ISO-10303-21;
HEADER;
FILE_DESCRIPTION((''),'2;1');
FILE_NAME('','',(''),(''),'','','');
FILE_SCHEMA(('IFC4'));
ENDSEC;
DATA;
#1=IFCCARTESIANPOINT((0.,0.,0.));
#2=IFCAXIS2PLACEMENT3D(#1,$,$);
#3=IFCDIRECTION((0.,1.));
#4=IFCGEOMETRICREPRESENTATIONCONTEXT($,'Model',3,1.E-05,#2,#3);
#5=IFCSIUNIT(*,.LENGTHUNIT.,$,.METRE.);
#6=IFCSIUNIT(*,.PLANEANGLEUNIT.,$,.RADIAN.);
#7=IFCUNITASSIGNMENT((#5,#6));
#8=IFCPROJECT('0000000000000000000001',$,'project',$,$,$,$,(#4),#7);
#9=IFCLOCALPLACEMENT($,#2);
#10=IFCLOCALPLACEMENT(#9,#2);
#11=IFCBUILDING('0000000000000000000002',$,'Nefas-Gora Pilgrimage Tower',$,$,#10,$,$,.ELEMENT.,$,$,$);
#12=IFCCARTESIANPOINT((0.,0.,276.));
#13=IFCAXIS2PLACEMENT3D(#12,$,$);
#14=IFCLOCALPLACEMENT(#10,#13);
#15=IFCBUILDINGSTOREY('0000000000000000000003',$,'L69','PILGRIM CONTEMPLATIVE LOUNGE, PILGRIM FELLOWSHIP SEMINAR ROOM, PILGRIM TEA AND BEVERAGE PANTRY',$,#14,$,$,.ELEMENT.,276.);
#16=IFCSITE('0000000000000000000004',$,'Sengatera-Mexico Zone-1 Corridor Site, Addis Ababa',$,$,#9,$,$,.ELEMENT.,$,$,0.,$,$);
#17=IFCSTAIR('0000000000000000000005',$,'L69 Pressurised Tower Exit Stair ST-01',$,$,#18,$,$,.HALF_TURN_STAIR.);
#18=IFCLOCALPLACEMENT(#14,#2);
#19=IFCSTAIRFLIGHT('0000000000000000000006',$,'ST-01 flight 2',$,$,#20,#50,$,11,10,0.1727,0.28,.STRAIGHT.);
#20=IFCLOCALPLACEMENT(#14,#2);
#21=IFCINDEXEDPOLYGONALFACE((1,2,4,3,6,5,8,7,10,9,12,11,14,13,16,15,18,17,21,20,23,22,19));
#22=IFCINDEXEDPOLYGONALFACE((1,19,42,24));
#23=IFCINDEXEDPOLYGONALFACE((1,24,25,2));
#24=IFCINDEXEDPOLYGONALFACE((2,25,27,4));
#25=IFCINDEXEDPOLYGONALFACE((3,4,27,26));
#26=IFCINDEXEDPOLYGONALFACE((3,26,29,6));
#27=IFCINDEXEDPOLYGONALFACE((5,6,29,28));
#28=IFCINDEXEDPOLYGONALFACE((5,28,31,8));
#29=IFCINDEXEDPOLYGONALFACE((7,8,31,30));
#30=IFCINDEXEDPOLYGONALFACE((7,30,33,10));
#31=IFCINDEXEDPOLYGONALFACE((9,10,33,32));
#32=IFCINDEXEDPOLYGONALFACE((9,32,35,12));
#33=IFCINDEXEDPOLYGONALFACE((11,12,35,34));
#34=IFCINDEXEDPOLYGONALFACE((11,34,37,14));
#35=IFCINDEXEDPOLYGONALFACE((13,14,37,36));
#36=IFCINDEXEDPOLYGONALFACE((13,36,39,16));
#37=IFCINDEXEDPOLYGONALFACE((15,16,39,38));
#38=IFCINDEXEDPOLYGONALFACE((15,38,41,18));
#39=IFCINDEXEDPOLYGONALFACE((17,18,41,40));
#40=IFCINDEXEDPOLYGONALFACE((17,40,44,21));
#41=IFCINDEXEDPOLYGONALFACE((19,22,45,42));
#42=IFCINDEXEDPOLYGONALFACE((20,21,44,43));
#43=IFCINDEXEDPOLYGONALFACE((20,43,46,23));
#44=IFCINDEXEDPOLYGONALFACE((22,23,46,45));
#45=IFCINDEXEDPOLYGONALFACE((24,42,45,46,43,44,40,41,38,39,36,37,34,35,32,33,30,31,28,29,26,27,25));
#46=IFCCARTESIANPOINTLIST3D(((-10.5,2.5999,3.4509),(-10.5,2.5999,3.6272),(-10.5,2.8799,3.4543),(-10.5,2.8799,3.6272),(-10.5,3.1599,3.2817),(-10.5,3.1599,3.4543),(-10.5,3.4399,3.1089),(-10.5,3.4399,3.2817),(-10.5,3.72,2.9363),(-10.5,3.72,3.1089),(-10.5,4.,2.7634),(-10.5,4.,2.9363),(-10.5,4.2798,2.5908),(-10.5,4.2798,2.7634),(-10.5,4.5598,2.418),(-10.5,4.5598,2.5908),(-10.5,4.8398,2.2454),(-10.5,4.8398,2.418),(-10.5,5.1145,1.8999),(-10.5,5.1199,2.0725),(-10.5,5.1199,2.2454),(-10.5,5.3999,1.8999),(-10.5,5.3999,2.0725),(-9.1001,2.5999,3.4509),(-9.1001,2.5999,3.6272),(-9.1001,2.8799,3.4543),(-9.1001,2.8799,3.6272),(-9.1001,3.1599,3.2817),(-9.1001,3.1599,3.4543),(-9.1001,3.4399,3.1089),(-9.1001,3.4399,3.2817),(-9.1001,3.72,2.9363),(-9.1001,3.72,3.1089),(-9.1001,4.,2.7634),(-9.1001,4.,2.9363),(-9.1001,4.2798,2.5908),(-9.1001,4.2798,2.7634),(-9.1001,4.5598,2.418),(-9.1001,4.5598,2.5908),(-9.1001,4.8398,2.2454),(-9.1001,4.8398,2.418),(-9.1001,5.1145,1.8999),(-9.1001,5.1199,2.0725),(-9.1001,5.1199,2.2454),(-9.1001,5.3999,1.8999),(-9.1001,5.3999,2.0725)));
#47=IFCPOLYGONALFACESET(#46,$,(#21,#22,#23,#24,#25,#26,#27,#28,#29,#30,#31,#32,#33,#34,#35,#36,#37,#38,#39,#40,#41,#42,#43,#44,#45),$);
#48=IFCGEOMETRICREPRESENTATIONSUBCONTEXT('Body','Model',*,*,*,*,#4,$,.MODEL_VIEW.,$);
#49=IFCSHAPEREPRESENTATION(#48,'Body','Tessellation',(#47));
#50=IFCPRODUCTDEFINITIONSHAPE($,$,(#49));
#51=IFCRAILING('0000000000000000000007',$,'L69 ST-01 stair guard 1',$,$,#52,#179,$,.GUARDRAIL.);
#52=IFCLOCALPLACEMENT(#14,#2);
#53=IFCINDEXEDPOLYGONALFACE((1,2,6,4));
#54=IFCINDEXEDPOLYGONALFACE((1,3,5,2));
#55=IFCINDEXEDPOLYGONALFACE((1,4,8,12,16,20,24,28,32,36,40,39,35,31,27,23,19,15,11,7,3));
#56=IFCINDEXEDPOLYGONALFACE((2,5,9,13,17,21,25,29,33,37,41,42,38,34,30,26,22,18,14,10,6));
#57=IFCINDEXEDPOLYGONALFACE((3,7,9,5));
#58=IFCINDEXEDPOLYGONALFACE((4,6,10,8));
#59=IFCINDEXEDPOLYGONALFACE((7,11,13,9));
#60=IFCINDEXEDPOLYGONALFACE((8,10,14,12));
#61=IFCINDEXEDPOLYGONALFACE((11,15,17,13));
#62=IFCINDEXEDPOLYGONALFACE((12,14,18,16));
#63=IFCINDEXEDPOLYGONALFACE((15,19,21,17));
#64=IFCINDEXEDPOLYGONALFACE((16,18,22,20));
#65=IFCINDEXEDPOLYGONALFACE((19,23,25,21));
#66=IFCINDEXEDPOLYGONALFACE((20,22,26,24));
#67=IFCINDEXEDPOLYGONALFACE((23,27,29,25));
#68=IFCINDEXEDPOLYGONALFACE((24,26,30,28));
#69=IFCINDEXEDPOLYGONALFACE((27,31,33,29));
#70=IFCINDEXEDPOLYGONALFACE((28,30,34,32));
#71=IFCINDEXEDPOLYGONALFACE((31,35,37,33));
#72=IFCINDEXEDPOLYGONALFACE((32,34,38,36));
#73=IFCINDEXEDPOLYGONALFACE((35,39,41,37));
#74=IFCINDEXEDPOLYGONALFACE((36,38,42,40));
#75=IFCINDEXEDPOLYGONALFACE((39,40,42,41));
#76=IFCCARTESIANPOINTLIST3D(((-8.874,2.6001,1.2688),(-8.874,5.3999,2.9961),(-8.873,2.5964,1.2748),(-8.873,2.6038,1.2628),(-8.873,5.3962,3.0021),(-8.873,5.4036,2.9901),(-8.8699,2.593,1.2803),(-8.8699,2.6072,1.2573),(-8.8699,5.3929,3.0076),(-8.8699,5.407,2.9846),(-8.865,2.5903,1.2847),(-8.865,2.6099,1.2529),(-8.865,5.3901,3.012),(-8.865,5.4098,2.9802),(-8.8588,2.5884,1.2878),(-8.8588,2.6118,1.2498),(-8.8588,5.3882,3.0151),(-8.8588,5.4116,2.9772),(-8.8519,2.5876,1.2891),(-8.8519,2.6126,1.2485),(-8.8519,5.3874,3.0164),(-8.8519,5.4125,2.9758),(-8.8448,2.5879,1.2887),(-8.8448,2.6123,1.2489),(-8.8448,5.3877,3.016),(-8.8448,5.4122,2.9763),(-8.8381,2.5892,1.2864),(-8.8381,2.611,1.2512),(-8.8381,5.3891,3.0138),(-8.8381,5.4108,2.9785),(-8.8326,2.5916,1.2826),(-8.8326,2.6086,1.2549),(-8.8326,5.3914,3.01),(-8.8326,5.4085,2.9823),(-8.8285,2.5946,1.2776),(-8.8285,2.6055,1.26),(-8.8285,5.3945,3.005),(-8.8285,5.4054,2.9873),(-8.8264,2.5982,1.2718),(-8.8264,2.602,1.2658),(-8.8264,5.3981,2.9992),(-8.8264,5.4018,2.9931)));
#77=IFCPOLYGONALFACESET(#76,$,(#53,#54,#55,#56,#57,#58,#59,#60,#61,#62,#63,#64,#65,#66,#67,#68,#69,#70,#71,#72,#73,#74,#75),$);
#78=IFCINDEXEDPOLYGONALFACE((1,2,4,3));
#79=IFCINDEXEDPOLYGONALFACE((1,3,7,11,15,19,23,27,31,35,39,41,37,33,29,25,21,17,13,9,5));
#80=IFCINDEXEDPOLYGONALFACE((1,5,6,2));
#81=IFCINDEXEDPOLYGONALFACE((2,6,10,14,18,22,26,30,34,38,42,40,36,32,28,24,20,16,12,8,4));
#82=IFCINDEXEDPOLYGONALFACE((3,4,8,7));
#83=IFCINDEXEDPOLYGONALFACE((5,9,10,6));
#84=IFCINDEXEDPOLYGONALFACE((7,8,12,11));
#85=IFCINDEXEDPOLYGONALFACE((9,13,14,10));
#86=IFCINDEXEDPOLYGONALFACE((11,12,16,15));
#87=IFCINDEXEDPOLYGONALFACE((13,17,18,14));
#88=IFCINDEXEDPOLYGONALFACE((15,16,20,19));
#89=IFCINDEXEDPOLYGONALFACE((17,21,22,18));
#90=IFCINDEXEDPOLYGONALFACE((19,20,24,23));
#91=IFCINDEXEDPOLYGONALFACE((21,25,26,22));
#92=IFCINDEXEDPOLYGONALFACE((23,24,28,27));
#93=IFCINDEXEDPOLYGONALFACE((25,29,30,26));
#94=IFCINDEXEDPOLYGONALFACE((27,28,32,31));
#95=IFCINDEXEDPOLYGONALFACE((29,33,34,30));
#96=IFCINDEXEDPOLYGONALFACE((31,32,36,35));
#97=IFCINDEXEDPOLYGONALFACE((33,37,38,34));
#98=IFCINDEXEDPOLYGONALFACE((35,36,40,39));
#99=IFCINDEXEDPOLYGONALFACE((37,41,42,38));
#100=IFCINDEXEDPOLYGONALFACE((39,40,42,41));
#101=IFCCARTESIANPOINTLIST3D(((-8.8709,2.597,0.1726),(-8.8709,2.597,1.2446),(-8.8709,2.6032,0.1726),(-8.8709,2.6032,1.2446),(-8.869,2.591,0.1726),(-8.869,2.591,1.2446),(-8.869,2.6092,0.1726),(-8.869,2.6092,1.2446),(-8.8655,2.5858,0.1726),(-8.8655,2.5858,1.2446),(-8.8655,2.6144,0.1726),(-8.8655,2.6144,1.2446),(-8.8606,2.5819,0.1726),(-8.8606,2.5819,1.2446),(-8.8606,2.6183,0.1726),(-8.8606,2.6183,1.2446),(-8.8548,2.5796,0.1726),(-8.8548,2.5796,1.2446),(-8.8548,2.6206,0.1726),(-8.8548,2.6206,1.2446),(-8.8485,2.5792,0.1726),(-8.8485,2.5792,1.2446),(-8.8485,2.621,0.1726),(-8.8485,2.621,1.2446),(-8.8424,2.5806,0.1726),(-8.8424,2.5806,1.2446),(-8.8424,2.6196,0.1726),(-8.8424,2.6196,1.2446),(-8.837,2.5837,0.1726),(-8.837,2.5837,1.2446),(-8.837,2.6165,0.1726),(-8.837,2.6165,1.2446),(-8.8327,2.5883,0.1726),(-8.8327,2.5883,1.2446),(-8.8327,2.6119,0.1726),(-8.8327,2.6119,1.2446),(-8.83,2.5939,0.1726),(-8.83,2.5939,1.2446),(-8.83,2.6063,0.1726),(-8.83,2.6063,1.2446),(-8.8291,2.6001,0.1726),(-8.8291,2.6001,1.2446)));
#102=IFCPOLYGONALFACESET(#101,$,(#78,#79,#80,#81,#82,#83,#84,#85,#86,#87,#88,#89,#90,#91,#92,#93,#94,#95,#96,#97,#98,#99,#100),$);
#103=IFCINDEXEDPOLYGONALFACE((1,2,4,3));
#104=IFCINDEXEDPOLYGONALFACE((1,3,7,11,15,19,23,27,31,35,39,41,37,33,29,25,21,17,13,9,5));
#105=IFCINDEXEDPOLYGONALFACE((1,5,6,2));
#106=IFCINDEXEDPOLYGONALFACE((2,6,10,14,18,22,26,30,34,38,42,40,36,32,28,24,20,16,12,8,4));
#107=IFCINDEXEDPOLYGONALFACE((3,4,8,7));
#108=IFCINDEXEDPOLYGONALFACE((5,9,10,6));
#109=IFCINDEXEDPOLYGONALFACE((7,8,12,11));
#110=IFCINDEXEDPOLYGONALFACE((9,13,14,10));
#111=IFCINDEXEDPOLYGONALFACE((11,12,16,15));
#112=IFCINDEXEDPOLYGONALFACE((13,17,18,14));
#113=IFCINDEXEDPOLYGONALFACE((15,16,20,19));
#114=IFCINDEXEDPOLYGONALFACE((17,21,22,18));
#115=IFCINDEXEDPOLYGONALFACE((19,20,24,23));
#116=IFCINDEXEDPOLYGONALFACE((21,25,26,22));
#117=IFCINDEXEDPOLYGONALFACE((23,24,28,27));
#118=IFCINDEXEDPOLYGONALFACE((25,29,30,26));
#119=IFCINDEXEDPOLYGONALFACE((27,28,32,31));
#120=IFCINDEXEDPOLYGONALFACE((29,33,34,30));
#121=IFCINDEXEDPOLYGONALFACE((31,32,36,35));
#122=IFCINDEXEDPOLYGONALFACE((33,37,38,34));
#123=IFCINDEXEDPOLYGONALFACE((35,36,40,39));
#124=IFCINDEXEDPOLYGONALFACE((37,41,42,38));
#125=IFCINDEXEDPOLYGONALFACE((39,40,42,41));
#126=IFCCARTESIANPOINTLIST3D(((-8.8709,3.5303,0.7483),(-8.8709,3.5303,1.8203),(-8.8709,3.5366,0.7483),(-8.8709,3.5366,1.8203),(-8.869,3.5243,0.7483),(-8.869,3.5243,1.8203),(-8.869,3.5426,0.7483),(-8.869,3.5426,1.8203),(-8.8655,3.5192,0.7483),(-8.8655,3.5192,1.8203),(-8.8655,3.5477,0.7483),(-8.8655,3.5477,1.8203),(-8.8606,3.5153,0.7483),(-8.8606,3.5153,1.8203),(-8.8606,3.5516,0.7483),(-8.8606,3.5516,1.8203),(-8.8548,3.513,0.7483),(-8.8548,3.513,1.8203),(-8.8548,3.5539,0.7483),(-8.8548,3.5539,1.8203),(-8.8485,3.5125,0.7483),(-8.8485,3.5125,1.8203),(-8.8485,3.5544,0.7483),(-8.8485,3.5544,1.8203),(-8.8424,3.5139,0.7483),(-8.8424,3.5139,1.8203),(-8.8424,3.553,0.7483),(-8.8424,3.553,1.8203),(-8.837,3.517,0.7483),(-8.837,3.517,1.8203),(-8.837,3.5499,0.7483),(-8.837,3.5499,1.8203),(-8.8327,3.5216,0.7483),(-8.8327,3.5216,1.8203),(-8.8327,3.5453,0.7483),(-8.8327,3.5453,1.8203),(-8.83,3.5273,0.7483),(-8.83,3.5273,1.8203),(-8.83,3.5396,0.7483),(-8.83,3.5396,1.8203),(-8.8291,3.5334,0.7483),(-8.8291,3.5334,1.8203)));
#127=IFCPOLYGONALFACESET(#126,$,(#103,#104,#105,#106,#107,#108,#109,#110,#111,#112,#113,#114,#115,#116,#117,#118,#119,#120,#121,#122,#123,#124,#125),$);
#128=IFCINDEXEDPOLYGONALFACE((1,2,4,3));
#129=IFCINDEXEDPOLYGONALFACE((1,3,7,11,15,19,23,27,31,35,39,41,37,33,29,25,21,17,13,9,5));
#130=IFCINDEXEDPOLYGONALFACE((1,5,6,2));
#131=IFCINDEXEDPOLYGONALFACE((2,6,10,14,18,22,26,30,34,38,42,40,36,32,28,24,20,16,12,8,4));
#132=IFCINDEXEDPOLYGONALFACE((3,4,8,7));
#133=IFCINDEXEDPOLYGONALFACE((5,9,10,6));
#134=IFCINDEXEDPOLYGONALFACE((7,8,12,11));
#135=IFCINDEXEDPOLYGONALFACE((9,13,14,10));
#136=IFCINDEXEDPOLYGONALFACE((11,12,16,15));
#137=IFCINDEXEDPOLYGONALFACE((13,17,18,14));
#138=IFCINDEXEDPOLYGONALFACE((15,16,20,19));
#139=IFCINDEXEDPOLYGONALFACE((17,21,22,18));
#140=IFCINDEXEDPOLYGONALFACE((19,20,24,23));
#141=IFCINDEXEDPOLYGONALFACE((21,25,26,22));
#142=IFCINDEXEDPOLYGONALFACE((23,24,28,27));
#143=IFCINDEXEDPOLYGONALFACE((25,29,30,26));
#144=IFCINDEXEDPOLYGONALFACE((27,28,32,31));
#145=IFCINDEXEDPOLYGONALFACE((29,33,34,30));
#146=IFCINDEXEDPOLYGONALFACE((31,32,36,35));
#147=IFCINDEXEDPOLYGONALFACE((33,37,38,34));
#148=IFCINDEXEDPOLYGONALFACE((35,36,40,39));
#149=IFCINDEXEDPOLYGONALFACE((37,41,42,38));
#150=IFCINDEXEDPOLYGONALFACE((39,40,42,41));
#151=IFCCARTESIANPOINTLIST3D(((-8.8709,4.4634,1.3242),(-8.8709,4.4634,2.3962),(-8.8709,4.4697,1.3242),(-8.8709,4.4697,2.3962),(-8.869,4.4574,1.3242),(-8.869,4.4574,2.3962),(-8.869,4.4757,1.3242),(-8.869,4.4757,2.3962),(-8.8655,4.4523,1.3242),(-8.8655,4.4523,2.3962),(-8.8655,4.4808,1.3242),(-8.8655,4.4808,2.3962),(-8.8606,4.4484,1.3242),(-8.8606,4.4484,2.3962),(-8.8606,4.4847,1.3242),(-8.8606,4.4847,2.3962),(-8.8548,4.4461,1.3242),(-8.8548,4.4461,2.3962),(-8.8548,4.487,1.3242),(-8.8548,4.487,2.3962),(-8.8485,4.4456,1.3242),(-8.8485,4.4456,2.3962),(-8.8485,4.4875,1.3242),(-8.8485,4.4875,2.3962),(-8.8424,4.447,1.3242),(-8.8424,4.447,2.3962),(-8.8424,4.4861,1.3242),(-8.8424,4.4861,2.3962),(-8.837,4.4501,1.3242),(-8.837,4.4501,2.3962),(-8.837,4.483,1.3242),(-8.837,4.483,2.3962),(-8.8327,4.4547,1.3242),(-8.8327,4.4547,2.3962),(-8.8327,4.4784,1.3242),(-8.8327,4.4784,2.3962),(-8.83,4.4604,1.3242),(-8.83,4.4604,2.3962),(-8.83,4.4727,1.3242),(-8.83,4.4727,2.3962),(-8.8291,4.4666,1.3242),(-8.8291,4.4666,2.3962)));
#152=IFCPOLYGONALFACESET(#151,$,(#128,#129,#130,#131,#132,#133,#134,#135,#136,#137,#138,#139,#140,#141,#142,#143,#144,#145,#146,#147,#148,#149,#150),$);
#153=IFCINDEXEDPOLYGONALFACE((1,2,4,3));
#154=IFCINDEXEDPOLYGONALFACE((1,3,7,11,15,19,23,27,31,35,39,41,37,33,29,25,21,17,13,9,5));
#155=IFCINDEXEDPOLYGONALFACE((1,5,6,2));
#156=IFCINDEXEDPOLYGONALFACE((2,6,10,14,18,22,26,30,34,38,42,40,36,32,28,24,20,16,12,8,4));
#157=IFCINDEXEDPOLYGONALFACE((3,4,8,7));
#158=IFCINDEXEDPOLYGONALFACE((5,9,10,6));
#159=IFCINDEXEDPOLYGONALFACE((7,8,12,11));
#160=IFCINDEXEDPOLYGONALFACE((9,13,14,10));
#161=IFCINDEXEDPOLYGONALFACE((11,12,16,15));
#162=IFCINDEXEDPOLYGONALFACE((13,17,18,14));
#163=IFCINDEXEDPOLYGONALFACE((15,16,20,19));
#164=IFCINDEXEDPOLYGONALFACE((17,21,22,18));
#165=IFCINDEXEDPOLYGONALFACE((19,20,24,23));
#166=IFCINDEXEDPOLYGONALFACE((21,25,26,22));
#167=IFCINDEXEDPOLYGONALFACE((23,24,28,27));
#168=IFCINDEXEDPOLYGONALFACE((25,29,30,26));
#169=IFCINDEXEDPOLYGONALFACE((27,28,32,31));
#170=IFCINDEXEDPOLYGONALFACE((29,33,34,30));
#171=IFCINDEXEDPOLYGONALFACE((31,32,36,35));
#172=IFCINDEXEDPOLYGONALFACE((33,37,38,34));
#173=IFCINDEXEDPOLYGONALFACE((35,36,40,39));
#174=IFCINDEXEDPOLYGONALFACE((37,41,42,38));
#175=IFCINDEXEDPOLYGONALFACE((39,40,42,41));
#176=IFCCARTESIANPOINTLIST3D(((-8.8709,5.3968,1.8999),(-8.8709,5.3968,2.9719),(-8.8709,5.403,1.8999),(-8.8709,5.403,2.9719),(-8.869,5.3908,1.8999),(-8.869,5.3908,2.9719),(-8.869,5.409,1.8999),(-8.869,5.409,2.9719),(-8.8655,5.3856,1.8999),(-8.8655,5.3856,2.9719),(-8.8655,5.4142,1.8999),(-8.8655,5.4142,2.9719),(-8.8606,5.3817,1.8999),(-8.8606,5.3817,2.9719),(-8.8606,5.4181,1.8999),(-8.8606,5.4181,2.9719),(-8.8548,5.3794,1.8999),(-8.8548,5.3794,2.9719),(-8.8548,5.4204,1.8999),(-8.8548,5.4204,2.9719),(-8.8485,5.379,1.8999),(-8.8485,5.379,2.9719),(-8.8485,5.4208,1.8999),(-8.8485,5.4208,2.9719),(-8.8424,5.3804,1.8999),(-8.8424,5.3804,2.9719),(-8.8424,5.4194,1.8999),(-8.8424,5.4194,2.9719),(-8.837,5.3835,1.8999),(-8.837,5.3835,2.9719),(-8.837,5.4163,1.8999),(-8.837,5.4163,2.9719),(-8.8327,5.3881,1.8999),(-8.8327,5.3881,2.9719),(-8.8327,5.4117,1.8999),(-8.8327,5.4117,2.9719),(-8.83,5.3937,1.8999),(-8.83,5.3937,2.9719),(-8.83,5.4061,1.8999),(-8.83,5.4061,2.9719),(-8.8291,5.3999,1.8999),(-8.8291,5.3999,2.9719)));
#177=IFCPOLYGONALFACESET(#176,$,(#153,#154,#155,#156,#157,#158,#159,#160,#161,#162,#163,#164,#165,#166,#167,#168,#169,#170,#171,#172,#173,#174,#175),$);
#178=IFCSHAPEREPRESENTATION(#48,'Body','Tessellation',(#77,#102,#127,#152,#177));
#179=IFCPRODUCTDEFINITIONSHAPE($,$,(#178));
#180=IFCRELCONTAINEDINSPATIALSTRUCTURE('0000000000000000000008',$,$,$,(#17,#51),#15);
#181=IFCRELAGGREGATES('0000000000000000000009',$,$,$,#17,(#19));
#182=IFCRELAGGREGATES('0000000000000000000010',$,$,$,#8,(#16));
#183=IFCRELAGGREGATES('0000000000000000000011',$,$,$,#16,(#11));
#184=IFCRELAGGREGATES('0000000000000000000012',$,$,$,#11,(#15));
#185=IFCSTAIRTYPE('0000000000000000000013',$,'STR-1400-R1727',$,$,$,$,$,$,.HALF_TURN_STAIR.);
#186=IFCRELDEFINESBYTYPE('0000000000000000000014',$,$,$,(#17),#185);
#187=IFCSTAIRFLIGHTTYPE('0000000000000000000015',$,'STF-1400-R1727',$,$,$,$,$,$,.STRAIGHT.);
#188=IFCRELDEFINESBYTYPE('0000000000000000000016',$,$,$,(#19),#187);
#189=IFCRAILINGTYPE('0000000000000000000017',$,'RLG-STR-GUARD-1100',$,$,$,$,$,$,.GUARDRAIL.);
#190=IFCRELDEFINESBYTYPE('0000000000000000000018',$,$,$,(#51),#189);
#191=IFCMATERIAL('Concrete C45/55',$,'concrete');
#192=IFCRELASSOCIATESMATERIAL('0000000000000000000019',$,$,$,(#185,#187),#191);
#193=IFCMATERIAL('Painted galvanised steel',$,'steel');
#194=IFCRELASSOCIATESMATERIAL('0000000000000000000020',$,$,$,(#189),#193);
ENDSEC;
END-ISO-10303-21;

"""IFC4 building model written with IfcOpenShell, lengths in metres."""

from ifc_helpers import new_model, si_unit, direction, frame, origin, origin_2d, place, context, subcontext, project, spatial, polyline, circle, outline, extrude, source, transform, mapped, material, type_object, element, aggregate, save


model = new_model("IFC4")

# Units and contexts
model_context = context("Model", 3, precision=1e-05, world=origin(), true_north=direction((0.0, 1.0)))
body_context = subcontext(model_context, "Body", "Model", "MODEL_VIEW")
ifc_project = project(units=[si_unit("LENGTHUNIT", "METRE"), si_unit("PLANEANGLEUNIT", "RADIAN")], contexts=[model_context])

# Site, building, storey
site_placement = place(None, origin())
site = spatial("IfcSite", under=ifc_project, at=site_placement, Name="Sengatera-Mexico Zone-1 Corridor Site, Addis Ababa", CompositionType="ELEMENT", RefElevation=0.0)
building_placement = place(site_placement, origin())
building = spatial("IfcBuilding", under=site, at=building_placement, Name="Nefas-Gora Pilgrimage Tower", CompositionType="ELEMENT")
storey_placement = place(building_placement, frame((0.0, 0.0, 276.0)))
storey = spatial("IfcBuildingStorey", under=building, at=storey_placement, Name="L69", Description="PILGRIM CONTEMPLATIVE LOUNGE, PILGRIM FELLOWSHIP SEMINAR ROOM, PILGRIM TEA AND BEVERAGE PANTRY", CompositionType="ELEMENT", Elevation=276.0)

# Shared definitions
ifc_material_1 = material(Name="Concrete C45/55", Category="concrete")

# Stair, stair flight
stair_type = type_object("IfcStairType", Name="STR-1400-R1727", PredefinedType="HALF_TURN_STAIR", material=ifc_material_1)
stair_placement = place(storey_placement, origin())
stair = element("IfcStair", 1, at=stair_placement, inside=storey, type_object=stair_type, Name="L69 Pressurised Tower Exit Stair ST-01", PredefinedType="HALF_TURN_STAIR")
stair_flight_type = type_object("IfcStairFlightType", Name="STF-1400-R1727", PredefinedType="STRAIGHT", material=ifc_material_1)
shared_shape_1 = source(origin(), body_context, "Body", "SweptSolid", [
    extrude(outline(polyline([(0.0, 0.0), (0.0, 0.1726), (0.28, 0.1726), (0.28, 0.3455), (0.5601, 0.3455), (0.5601, 0.5181), (0.8401, 0.5181), (0.8401, 0.6909), (1.1201, 0.6909), (1.1201, 0.8635), (1.3999, 0.8635), (1.3999, 1.0364), (1.6799, 1.0364), (1.6799, 1.209), (1.96, 1.209), (1.96, 1.3818), (2.24, 1.3818), (2.24, 1.5544), (2.52, 1.5544), (2.52, 1.7273), (2.8, 1.7273), (2.8, 1.8999), (2.8, 1.551), (0.2854, 0.0), (0.0, 0.0)])), frame((0.0, 0.7, 0.0), z_axis=(0.0, -1.0, 0.0), x_axis=(1.0, 0.0, 0.0)), (0.0, 0.0, 1.0), 1.3999),
])
stair_flight_1_placement = place(storey_placement, frame((-9.8, 5.3999, 1.8999), z_axis=(0.0, 0.0, 1.0), x_axis=(0.0, -1.0, 0.0)))
stair_flight_1 = element("IfcStairFlight", 2, at=stair_flight_1_placement, type_object=stair_flight_type, Name="ST-01 flight 2", NumberOfRisers=11, NumberOfTreads=10, PredefinedType="STRAIGHT", RiserHeight=0.1727, TreadLength=0.28, context=body_context, shape_type="MappedRepresentation", body=[
    mapped(shared_shape_1, transform((0.0, 0.0, 0.0), x_axis=(1.0, 0.0, 0.0), y_axis=(0.0, 1.0, 0.0), z_axis=(0.0, 0.0, 1.0), scale=1.0)),
])
aggregate(stair, [stair_flight_1])

# Railing
ifc_material_2 = material(Name="Painted galvanised steel", Category="steel")
railing_type_1 = type_object("IfcRailingType", Name="RLG-STR-GUARD-1100", PredefinedType="GUARDRAIL", material=ifc_material_2)
railing_1_placement = place(storey_placement, frame((-8.8501, 2.6001, 0.1726)))
element("IfcRailing", 3, at=railing_1_placement, inside=storey, type_object=railing_type_1, Name="L69 ST-01 stair guard 1", PredefinedType="GUARDRAIL", context=body_context, shape_type="SweptSolid", body=[
    extrude(circle(Radius=0.0239, at=origin_2d()), frame((0.0, 0.0, 1.0962), z_axis=(0.0, 0.851069, 0.525054), x_axis=(-1.0, 0.0, 0.0)), (0.0, 0.0, 1.0), 3.2898),
    extrude(circle(Radius=0.021, at=origin_2d()), origin(), (0.0, 0.0, 1.0), 1.072),
    extrude(circle(Radius=0.021, at=origin_2d()), frame((0.0, 0.9333, 0.5757)), (0.0, 0.0, 1.0), 1.072),
    extrude(circle(Radius=0.021, at=origin_2d()), frame((0.0, 1.8665, 1.1516)), (0.0, 0.0, 1.0), 1.072),
    extrude(circle(Radius=0.021, at=origin_2d()), frame((0.0, 2.7998, 1.7273)), (0.0, 0.0, 1.0), 1.072),
])

save(model, "model.ifc")
